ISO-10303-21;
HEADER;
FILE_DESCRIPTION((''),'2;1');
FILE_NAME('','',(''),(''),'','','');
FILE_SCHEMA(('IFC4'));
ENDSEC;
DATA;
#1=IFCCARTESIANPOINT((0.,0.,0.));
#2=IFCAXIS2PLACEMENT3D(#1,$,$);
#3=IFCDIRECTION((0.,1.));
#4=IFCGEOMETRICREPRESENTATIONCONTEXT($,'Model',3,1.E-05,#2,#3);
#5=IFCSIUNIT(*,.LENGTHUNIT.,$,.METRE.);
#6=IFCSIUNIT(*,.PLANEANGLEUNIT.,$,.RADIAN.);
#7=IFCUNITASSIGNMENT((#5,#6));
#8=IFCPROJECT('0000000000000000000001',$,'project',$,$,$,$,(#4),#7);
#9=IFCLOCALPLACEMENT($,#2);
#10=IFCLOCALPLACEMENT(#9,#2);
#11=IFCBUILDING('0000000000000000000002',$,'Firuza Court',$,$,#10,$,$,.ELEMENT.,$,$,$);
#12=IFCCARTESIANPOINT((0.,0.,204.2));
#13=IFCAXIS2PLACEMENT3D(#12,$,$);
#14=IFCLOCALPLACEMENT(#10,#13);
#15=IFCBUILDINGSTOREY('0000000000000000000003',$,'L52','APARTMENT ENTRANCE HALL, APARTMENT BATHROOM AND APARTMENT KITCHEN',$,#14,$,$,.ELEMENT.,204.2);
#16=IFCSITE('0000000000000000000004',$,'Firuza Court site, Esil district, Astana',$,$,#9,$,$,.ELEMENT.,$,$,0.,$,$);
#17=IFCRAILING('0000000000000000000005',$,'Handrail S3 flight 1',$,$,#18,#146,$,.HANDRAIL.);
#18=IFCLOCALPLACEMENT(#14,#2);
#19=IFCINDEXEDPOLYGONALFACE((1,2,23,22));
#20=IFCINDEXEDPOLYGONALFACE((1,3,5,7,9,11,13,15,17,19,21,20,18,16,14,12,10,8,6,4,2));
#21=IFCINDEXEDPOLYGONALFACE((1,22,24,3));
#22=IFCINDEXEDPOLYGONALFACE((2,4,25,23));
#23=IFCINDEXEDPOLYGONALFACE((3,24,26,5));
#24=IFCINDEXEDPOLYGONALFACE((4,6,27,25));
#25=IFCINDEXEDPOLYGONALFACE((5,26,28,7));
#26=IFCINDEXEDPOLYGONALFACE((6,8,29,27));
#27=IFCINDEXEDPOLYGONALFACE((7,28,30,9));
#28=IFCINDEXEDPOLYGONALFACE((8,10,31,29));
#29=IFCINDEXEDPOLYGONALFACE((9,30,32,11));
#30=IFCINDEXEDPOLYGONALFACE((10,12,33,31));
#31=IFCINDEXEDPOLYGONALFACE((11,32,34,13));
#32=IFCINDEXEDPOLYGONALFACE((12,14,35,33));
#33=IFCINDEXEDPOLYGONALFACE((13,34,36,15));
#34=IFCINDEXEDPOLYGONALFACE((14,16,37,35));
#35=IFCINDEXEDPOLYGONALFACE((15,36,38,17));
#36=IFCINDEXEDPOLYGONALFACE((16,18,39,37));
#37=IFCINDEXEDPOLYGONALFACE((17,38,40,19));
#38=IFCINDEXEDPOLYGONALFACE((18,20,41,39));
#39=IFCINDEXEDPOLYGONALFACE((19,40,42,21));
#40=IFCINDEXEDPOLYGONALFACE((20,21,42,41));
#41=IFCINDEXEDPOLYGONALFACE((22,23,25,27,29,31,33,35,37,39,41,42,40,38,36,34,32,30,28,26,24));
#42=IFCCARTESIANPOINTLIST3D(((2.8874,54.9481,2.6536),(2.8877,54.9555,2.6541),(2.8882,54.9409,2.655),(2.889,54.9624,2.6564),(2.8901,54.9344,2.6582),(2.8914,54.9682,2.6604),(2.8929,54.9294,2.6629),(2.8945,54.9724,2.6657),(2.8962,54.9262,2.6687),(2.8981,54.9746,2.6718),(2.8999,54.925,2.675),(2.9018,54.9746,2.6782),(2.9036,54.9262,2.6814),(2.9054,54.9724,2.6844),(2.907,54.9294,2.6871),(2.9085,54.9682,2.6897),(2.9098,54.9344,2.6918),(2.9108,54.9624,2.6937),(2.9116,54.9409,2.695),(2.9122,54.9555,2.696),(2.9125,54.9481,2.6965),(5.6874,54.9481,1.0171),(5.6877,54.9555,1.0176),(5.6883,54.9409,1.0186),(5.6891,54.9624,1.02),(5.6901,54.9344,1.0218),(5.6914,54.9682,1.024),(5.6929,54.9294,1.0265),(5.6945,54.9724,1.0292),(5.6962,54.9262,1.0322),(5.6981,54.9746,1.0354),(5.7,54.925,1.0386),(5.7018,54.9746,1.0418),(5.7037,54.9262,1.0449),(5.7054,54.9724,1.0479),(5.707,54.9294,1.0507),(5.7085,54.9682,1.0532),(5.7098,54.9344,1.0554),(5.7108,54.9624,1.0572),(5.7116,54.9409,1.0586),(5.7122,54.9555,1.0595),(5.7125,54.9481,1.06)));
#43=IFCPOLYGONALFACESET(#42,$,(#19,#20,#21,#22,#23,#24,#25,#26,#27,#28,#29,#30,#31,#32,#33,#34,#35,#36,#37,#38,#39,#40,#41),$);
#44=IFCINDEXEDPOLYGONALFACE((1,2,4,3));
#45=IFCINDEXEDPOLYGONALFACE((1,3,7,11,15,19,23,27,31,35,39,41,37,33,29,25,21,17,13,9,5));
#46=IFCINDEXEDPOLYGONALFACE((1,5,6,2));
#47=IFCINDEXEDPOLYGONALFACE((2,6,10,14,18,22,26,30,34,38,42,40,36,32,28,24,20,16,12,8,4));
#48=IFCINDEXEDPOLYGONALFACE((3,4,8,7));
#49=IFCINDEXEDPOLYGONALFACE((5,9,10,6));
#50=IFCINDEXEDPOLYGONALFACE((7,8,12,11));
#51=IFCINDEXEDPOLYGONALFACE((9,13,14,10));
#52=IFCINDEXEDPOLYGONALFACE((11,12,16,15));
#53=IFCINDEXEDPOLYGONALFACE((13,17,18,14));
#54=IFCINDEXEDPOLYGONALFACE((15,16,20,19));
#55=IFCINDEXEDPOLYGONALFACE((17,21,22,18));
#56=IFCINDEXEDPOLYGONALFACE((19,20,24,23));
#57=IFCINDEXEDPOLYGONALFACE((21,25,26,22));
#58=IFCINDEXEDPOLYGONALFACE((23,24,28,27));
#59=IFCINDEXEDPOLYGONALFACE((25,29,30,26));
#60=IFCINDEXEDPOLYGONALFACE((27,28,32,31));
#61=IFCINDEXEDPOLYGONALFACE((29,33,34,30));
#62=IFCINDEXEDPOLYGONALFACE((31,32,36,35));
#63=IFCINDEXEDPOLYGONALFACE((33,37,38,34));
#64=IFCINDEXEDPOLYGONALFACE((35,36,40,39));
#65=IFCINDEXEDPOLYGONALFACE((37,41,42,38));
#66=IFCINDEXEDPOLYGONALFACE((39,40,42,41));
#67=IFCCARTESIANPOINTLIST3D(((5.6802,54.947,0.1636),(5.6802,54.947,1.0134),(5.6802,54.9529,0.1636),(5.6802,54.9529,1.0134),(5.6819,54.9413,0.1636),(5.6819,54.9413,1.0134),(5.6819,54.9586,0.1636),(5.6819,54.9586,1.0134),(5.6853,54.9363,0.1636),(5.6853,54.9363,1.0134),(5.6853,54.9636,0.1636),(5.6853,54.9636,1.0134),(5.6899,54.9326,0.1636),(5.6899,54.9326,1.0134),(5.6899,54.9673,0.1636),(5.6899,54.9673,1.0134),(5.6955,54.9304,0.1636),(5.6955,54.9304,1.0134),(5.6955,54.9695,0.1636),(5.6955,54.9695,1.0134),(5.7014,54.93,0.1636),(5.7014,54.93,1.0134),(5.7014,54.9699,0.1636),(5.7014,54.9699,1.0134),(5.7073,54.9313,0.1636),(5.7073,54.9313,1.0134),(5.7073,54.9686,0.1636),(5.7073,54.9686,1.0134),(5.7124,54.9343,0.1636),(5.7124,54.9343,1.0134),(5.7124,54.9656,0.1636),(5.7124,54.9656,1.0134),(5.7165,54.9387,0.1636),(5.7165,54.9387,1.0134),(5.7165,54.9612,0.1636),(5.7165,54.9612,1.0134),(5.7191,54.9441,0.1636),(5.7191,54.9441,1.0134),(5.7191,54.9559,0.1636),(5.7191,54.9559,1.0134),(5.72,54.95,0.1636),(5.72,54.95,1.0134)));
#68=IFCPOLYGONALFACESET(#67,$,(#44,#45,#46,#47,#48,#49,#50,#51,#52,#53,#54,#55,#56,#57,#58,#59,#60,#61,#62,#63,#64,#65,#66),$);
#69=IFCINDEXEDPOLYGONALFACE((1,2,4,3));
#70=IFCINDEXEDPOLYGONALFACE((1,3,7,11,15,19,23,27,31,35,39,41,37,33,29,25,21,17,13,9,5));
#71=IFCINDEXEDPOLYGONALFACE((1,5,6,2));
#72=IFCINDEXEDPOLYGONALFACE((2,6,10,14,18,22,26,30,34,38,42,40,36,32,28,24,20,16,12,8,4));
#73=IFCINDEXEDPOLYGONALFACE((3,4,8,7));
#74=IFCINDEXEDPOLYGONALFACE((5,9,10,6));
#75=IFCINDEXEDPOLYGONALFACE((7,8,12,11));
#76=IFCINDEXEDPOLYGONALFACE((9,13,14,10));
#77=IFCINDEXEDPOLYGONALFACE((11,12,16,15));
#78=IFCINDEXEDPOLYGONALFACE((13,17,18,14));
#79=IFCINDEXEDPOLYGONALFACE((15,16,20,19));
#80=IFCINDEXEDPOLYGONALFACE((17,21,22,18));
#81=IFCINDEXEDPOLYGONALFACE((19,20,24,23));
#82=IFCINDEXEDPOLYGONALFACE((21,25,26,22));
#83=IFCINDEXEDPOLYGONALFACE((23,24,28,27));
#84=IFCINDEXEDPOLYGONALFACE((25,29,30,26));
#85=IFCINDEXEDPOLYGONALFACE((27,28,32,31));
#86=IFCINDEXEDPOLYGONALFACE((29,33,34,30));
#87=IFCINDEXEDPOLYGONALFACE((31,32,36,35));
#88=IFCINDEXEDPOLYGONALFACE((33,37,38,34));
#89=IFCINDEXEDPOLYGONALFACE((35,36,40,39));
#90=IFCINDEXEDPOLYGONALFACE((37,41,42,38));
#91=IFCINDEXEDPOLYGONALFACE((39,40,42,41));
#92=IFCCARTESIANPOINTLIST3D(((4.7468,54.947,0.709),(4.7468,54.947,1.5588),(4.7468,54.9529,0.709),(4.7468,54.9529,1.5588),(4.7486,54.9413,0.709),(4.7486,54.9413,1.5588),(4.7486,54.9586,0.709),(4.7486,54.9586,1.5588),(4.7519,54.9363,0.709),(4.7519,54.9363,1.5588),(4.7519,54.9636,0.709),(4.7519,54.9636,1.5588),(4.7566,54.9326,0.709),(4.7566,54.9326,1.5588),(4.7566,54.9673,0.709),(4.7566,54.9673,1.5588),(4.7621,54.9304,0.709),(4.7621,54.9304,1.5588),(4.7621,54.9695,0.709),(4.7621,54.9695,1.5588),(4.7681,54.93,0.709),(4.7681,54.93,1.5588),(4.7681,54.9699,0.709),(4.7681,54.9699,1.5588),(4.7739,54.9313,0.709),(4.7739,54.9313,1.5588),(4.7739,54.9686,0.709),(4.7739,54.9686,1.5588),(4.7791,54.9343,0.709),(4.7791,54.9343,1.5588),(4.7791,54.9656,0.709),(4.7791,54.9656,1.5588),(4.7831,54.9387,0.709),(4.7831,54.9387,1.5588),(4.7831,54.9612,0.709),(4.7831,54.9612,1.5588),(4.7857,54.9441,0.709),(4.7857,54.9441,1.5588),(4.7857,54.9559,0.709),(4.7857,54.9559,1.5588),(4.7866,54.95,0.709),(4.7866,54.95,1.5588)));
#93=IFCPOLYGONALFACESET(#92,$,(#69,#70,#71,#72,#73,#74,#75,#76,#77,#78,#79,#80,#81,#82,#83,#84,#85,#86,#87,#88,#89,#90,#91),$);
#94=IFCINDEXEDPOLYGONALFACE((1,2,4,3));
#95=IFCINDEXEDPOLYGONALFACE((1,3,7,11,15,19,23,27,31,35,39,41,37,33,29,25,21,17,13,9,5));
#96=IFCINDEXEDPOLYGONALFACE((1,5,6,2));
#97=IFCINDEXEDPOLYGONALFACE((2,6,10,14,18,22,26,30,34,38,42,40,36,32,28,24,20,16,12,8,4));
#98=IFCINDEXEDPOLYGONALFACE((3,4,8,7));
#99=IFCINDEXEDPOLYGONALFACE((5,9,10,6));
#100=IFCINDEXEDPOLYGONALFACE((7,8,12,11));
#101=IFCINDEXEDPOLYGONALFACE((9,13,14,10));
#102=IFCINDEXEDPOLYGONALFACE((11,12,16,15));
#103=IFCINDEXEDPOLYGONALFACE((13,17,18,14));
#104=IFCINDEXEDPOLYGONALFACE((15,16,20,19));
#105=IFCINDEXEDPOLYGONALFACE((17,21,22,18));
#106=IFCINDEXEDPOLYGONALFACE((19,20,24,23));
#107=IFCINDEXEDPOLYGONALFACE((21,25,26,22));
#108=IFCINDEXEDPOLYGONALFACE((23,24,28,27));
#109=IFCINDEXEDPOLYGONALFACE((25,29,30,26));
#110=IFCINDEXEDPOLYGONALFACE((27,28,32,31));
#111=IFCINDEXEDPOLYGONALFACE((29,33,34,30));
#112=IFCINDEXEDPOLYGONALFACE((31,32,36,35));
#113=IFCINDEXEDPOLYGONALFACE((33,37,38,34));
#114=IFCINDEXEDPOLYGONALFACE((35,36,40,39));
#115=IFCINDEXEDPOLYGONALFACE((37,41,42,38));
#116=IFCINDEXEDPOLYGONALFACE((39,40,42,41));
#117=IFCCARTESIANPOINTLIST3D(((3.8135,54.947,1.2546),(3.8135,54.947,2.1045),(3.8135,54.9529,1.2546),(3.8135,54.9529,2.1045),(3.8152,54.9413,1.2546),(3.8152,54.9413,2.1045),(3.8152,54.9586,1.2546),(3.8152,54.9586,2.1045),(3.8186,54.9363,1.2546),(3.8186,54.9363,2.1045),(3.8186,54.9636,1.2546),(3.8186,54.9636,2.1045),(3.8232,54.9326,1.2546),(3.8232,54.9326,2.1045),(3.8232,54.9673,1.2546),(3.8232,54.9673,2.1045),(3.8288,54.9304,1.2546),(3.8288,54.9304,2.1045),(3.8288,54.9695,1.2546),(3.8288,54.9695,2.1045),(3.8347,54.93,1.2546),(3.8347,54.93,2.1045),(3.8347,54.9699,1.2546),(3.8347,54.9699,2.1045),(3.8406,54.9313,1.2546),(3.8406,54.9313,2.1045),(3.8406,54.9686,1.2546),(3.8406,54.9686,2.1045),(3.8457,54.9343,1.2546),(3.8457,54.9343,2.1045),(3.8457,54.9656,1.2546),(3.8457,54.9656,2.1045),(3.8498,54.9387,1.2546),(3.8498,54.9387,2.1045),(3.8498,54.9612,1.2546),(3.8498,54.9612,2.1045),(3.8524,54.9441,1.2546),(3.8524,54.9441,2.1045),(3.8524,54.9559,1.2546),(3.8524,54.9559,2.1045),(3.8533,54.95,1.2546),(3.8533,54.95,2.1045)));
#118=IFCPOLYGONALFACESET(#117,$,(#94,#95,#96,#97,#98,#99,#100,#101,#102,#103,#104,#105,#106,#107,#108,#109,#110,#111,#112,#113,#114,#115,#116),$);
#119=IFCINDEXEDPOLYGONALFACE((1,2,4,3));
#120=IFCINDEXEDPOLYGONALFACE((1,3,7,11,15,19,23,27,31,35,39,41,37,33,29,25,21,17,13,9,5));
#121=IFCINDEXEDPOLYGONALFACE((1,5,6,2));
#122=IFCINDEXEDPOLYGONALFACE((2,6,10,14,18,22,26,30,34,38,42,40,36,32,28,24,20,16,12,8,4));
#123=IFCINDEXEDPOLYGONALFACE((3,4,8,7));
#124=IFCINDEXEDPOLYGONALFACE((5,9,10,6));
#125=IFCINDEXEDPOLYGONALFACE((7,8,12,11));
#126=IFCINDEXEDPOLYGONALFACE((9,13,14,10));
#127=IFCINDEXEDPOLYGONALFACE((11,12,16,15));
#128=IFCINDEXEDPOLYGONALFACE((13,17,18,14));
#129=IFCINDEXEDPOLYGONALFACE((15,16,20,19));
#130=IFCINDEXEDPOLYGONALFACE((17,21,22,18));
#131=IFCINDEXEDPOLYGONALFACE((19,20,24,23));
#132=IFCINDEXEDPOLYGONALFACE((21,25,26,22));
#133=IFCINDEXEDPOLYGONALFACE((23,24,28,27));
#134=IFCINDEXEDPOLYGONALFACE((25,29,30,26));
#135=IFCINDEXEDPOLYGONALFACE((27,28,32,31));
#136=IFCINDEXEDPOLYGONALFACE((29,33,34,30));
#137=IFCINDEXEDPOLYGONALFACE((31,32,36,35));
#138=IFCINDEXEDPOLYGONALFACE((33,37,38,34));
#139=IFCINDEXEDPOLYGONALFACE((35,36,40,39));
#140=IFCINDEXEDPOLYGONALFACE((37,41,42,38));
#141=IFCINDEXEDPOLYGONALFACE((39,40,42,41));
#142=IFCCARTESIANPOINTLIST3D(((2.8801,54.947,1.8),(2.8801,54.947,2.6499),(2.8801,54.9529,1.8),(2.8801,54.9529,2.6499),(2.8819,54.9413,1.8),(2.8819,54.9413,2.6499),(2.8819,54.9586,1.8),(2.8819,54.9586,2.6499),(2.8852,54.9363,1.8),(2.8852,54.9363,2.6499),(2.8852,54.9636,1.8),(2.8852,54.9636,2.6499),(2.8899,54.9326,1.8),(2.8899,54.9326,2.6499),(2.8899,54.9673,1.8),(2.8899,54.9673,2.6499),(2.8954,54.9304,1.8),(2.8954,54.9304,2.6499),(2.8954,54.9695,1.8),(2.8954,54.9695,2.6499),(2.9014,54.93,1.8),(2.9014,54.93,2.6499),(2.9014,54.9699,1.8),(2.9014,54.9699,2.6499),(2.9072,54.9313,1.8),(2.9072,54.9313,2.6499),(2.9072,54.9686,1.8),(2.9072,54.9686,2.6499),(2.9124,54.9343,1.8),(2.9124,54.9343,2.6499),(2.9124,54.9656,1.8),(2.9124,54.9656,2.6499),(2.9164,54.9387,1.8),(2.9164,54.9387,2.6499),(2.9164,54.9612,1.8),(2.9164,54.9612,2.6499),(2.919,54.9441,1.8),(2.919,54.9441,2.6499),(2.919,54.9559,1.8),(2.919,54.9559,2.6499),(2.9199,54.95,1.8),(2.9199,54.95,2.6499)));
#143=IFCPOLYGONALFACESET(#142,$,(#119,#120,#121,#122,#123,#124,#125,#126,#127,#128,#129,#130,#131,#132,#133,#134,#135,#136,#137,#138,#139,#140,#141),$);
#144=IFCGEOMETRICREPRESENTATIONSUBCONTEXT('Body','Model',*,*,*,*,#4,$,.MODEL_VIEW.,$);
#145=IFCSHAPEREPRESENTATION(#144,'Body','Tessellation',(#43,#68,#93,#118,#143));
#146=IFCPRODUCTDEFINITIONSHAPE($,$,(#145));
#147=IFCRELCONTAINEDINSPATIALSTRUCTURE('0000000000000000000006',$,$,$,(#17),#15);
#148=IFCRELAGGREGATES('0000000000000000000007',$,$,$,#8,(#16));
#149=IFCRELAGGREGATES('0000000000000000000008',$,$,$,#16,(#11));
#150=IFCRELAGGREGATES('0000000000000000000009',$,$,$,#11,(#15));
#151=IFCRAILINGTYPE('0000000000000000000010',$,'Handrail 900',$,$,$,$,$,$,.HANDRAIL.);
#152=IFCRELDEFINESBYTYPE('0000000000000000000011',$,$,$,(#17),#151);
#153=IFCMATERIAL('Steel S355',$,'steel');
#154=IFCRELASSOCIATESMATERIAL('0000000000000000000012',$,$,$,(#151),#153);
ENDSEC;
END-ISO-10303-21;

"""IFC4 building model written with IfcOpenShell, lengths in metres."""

from ifc_helpers import new_model, si_unit, direction, frame, origin, origin_2d, place, context, subcontext, project, spatial, circle, extrude, material, type_object, element, save


model = new_model("IFC4")

# Units and contexts
model_context = context("Model", 3, precision=1e-05, world=origin(), true_north=direction((0.0, 1.0)))
body_context = subcontext(model_context, "Body", "Model", "MODEL_VIEW")
ifc_project = project(units=[si_unit("LENGTHUNIT", "METRE"), si_unit("PLANEANGLEUNIT", "RADIAN")], contexts=[model_context])

# Site, building, storey
site_placement = place(None, origin())
site = spatial("IfcSite", under=ifc_project, at=site_placement, Name="Firuza Court site, Esil district, Astana", CompositionType="ELEMENT", RefElevation=0.0)
building_placement = place(site_placement, origin())
building = spatial("IfcBuilding", under=site, at=building_placement, Name="Firuza Court", CompositionType="ELEMENT")
storey_placement = place(building_placement, frame((0.0, 0.0, 204.2)))
storey = spatial("IfcBuildingStorey", under=building, at=storey_placement, Name="L52", Description="APARTMENT ENTRANCE HALL, APARTMENT BATHROOM AND APARTMENT KITCHEN", CompositionType="ELEMENT", Elevation=204.2)

# Railing
ifc_material_1 = material(Name="Steel S355", Category="steel")
railing_type_1 = type_object("IfcRailingType", Name="Handrail 900", PredefinedType="HANDRAIL", material=ifc_material_1)
railing_1_placement = place(storey_placement, frame((5.7, 54.95, 0.1636)))
element("IfcRailing", 1, at=railing_1_placement, inside=storey, type_object=railing_type_1, Name="Handrail S3 flight 1", PredefinedType="HANDRAIL", context=body_context, shape_type="SweptSolid", body=[
    extrude(circle(Radius=0.0249, at=origin_2d()), frame((0.0, 0.0, 0.875), z_axis=(-0.863361, 0.0, 0.504587), x_axis=(0.0, -1.0, 0.0)), (0.0, 0.0, 1.0), 3.2432),
    extrude(circle(Radius=0.02, at=origin_2d()), origin(), (0.0, 0.0, 1.0), 0.8499),
    extrude(circle(Radius=0.02, at=origin_2d()), frame((-0.9333, 0.0, 0.5454)), (0.0, 0.0, 1.0), 0.8499),
    extrude(circle(Radius=0.02, at=origin_2d()), frame((-1.8667, 0.0, 1.0911)), (0.0, 0.0, 1.0), 0.8499),
    extrude(circle(Radius=0.02, at=origin_2d()), frame((-2.8, 0.0, 1.6365)), (0.0, 0.0, 1.0), 0.8499),
])

save(model, "model.ifc")
